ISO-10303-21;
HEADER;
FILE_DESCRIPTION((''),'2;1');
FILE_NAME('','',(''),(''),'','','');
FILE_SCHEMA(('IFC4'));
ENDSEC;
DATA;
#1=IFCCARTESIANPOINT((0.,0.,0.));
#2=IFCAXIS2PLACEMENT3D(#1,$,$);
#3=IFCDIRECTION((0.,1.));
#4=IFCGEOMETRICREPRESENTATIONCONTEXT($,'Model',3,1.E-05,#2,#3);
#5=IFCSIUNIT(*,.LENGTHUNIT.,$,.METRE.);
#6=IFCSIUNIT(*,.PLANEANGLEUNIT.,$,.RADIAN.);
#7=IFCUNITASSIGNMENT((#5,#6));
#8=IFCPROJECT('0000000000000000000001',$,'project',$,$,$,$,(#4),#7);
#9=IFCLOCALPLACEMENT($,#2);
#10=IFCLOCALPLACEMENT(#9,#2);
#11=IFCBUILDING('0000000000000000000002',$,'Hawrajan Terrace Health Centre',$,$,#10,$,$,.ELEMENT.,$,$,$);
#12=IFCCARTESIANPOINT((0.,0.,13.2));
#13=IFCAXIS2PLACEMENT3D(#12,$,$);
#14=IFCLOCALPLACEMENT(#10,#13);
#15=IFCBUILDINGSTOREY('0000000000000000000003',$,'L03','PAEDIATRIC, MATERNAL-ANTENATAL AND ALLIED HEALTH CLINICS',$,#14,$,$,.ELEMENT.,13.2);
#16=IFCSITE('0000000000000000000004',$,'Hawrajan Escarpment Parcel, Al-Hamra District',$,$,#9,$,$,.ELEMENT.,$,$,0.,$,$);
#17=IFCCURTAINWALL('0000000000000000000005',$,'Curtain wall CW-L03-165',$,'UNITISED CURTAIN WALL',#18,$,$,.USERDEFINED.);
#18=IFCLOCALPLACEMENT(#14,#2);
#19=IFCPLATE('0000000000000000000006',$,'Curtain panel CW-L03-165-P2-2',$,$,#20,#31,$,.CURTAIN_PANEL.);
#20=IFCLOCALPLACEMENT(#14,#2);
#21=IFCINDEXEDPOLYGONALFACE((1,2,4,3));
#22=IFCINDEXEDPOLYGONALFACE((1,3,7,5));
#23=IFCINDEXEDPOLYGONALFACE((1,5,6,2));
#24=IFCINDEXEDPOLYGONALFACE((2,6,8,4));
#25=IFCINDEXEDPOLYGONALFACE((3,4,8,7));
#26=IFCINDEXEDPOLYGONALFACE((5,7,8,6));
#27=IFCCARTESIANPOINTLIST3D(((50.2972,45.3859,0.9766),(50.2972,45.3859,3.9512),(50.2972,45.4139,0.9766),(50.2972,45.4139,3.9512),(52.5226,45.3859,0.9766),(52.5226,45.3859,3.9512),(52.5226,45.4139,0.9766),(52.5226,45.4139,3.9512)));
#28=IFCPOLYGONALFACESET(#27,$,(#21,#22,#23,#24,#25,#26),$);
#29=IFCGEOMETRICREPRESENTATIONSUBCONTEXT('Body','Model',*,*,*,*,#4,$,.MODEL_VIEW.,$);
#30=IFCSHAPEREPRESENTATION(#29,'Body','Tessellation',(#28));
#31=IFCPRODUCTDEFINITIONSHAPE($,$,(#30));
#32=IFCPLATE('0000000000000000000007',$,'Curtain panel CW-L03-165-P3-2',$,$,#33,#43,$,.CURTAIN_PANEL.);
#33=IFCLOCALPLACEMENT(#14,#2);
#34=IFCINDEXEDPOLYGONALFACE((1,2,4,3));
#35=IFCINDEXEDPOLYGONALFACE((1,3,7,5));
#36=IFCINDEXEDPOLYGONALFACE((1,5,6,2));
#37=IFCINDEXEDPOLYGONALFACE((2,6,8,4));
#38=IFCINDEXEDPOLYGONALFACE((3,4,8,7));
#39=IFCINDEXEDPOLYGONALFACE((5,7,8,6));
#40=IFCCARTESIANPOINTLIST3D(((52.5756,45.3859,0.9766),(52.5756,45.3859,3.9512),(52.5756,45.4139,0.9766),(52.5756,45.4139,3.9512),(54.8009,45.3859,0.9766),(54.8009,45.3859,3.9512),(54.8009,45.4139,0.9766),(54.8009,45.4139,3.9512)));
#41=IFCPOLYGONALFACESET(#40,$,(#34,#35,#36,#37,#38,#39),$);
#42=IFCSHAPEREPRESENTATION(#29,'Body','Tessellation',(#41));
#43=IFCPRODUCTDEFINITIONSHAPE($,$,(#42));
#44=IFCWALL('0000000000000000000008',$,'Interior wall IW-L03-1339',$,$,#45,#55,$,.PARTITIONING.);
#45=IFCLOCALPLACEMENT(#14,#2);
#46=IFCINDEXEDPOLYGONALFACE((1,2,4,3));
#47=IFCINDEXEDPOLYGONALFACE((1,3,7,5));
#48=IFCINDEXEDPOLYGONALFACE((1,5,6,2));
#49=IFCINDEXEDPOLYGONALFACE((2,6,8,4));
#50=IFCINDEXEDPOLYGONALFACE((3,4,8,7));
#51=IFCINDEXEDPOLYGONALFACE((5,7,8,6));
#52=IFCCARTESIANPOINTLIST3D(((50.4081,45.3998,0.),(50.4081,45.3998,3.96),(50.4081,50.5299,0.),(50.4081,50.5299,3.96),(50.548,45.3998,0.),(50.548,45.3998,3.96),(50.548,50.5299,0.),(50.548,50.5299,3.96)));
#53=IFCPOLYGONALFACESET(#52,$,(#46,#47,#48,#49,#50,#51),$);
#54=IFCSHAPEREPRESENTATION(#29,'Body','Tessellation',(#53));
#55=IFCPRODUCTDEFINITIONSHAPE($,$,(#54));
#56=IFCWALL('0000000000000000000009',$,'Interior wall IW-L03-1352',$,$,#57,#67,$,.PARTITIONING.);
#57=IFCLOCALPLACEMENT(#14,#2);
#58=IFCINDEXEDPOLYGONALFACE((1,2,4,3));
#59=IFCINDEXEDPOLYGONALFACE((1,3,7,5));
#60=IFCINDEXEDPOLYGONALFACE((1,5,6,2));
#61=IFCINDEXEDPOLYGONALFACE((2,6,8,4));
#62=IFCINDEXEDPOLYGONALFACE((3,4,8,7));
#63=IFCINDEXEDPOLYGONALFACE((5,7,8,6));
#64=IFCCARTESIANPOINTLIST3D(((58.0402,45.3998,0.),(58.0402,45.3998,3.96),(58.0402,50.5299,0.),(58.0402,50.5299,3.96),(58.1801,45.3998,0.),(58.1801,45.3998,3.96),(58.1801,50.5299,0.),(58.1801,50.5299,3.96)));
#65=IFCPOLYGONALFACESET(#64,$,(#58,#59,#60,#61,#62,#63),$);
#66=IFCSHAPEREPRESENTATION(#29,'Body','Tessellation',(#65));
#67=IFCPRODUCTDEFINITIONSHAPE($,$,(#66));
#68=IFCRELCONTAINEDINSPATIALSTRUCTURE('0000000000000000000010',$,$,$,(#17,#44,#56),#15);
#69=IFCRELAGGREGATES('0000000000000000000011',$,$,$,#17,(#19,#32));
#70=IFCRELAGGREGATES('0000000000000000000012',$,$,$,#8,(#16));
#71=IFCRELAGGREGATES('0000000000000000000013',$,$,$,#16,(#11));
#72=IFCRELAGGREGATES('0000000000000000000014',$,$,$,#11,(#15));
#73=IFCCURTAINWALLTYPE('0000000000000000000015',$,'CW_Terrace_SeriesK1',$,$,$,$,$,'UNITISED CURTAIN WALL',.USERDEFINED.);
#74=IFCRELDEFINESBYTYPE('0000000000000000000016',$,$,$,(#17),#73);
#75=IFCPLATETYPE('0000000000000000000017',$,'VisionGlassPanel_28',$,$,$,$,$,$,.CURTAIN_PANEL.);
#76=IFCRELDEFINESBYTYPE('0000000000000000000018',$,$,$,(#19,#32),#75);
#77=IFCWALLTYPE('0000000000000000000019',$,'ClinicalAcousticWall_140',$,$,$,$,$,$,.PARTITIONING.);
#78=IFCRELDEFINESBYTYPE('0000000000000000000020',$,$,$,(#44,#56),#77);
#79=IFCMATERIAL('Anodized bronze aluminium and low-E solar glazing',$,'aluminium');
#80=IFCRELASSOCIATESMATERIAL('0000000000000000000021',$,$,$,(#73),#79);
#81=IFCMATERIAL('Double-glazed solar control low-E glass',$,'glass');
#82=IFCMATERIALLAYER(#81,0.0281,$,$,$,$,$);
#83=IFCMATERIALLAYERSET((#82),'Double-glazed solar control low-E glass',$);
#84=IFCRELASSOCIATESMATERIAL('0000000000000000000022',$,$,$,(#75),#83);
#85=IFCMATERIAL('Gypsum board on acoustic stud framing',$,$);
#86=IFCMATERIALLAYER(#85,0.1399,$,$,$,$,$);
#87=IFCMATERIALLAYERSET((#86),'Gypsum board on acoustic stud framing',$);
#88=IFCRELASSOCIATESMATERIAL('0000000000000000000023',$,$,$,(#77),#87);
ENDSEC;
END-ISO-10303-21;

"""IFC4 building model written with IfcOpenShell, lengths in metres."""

from ifc_helpers import new_model, si_unit, direction, frame, frame_2d, origin, origin_2d, place, context, subcontext, project, spatial, rectangle, extrude, material, layer, layer_set, type_object, element, aggregate, save


model = new_model("IFC4")

# Units and contexts
model_context = context("Model", 3, precision=1e-05, world=origin(), true_north=direction((0.0, 1.0)))
body_context = subcontext(model_context, "Body", "Model", "MODEL_VIEW")
ifc_project = project(units=[si_unit("LENGTHUNIT", "METRE"), si_unit("PLANEANGLEUNIT", "RADIAN")], contexts=[model_context])

# Site, building, storey
site_placement = place(None, origin())
site = spatial("IfcSite", under=ifc_project, at=site_placement, Name="Hawrajan Escarpment Parcel, Al-Hamra District", CompositionType="ELEMENT", RefElevation=0.0)
building_placement = place(site_placement, origin())
building = spatial("IfcBuilding", under=site, at=building_placement, Name="Hawrajan Terrace Health Centre", CompositionType="ELEMENT")
storey_placement = place(building_placement, frame((0.0, 0.0, 13.2)))
storey = spatial("IfcBuildingStorey", under=building, at=storey_placement, Name="L03", Description="PAEDIATRIC, MATERNAL-ANTENATAL AND ALLIED HEALTH CLINICS", CompositionType="ELEMENT", Elevation=13.2)

# Curtain wall
ifc_material_1 = material(Name="Anodized bronze aluminium and low-E solar glazing", Category="aluminium")
curtain_wall_type_1 = type_object("IfcCurtainWallType", Name="CW_Terrace_SeriesK1", ElementType="UNITISED CURTAIN WALL", PredefinedType="USERDEFINED", material=ifc_material_1)
curtain_wall_1_placement = place(storey_placement, origin())
curtain_wall_1 = element("IfcCurtainWall", 1, at=curtain_wall_1_placement, inside=storey, type_object=curtain_wall_type_1, Name="Curtain wall CW-L03-165", ObjectType="UNITISED CURTAIN WALL", PredefinedType="USERDEFINED")

# Plates
ifc_material_2 = material(Name="Double-glazed solar control low-E glass", Category="glass")
ifc_layer_1 = layer(ifc_material_2, 0.0281)
ifc_layer_set_1 = layer_set([ifc_layer_1], Name="Double-glazed solar control low-E glass")
plate_type_1 = type_object("IfcPlateType", Name="VisionGlassPanel_28", PredefinedType="CURTAIN_PANEL", material=ifc_layer_set_1)
plate_1_placement = place(storey_placement, frame((51.4099, 45.3999, 0.9766), z_axis=(0.0, 0.0, 1.0), x_axis=(1.0, 0.0, 0.0)))
plate_1 = element("IfcPlate", 2, at=plate_1_placement, type_object=plate_type_1, Name="Curtain panel CW-L03-165-P2-2", PredefinedType="CURTAIN_PANEL", context=body_context, shape_type="SweptSolid", body=[
    extrude(rectangle(XDim=2.2253, YDim=0.0281, at=origin_2d()), origin(), (0.0, 0.0, 1.0), 2.9746),
])
plate_2_placement = place(storey_placement, frame((53.6882, 45.3999, 0.9766), z_axis=(0.0, 0.0, 1.0), x_axis=(1.0, 0.0, 0.0)))
plate_2 = element("IfcPlate", 3, at=plate_2_placement, type_object=plate_type_1, Name="Curtain panel CW-L03-165-P3-2", PredefinedType="CURTAIN_PANEL", context=body_context, shape_type="SweptSolid", body=[
    extrude(rectangle(XDim=2.2253, YDim=0.0281, at=origin_2d()), origin(), (0.0, 0.0, 1.0), 2.9746),
])
aggregate(curtain_wall_1, [plate_1, plate_2])

# Walls
ifc_material_3 = material(Name="Gypsum board on acoustic stud framing")
ifc_layer_2 = layer(ifc_material_3, 0.1399)
ifc_layer_set_2 = layer_set([ifc_layer_2], Name="Gypsum board on acoustic stud framing")
wall_type = type_object("IfcWallType", Name="ClinicalAcousticWall_140", PredefinedType="PARTITIONING", material=ifc_layer_set_2)
for number, where, z_axis, x_axis, name in (
    (4, (50.478, 45.3999, 0.0), (0.0, 0.0, 1.0), (0.0, 1.0, 0.0), "Interior wall IW-L03-1339"),
    (5, (58.1101, 45.3999, 0.0), (0.0, 0.0, 1.0), (0.0, 1.0, 0.0), "Interior wall IW-L03-1352"),
):
    element("IfcWall", number, at=place(storey_placement, frame(where, z_axis=z_axis, x_axis=x_axis)), inside=storey, type_object=wall_type, Name=name, PredefinedType="PARTITIONING", context=body_context, shape_type="SweptSolid", body=[
        extrude(rectangle(XDim=5.1301, YDim=0.1399, at=frame_2d((2.5649, 0.0))), origin(), (0.0, 0.0, 1.0), 3.96),
    ])

save(model, "model.ifc")
